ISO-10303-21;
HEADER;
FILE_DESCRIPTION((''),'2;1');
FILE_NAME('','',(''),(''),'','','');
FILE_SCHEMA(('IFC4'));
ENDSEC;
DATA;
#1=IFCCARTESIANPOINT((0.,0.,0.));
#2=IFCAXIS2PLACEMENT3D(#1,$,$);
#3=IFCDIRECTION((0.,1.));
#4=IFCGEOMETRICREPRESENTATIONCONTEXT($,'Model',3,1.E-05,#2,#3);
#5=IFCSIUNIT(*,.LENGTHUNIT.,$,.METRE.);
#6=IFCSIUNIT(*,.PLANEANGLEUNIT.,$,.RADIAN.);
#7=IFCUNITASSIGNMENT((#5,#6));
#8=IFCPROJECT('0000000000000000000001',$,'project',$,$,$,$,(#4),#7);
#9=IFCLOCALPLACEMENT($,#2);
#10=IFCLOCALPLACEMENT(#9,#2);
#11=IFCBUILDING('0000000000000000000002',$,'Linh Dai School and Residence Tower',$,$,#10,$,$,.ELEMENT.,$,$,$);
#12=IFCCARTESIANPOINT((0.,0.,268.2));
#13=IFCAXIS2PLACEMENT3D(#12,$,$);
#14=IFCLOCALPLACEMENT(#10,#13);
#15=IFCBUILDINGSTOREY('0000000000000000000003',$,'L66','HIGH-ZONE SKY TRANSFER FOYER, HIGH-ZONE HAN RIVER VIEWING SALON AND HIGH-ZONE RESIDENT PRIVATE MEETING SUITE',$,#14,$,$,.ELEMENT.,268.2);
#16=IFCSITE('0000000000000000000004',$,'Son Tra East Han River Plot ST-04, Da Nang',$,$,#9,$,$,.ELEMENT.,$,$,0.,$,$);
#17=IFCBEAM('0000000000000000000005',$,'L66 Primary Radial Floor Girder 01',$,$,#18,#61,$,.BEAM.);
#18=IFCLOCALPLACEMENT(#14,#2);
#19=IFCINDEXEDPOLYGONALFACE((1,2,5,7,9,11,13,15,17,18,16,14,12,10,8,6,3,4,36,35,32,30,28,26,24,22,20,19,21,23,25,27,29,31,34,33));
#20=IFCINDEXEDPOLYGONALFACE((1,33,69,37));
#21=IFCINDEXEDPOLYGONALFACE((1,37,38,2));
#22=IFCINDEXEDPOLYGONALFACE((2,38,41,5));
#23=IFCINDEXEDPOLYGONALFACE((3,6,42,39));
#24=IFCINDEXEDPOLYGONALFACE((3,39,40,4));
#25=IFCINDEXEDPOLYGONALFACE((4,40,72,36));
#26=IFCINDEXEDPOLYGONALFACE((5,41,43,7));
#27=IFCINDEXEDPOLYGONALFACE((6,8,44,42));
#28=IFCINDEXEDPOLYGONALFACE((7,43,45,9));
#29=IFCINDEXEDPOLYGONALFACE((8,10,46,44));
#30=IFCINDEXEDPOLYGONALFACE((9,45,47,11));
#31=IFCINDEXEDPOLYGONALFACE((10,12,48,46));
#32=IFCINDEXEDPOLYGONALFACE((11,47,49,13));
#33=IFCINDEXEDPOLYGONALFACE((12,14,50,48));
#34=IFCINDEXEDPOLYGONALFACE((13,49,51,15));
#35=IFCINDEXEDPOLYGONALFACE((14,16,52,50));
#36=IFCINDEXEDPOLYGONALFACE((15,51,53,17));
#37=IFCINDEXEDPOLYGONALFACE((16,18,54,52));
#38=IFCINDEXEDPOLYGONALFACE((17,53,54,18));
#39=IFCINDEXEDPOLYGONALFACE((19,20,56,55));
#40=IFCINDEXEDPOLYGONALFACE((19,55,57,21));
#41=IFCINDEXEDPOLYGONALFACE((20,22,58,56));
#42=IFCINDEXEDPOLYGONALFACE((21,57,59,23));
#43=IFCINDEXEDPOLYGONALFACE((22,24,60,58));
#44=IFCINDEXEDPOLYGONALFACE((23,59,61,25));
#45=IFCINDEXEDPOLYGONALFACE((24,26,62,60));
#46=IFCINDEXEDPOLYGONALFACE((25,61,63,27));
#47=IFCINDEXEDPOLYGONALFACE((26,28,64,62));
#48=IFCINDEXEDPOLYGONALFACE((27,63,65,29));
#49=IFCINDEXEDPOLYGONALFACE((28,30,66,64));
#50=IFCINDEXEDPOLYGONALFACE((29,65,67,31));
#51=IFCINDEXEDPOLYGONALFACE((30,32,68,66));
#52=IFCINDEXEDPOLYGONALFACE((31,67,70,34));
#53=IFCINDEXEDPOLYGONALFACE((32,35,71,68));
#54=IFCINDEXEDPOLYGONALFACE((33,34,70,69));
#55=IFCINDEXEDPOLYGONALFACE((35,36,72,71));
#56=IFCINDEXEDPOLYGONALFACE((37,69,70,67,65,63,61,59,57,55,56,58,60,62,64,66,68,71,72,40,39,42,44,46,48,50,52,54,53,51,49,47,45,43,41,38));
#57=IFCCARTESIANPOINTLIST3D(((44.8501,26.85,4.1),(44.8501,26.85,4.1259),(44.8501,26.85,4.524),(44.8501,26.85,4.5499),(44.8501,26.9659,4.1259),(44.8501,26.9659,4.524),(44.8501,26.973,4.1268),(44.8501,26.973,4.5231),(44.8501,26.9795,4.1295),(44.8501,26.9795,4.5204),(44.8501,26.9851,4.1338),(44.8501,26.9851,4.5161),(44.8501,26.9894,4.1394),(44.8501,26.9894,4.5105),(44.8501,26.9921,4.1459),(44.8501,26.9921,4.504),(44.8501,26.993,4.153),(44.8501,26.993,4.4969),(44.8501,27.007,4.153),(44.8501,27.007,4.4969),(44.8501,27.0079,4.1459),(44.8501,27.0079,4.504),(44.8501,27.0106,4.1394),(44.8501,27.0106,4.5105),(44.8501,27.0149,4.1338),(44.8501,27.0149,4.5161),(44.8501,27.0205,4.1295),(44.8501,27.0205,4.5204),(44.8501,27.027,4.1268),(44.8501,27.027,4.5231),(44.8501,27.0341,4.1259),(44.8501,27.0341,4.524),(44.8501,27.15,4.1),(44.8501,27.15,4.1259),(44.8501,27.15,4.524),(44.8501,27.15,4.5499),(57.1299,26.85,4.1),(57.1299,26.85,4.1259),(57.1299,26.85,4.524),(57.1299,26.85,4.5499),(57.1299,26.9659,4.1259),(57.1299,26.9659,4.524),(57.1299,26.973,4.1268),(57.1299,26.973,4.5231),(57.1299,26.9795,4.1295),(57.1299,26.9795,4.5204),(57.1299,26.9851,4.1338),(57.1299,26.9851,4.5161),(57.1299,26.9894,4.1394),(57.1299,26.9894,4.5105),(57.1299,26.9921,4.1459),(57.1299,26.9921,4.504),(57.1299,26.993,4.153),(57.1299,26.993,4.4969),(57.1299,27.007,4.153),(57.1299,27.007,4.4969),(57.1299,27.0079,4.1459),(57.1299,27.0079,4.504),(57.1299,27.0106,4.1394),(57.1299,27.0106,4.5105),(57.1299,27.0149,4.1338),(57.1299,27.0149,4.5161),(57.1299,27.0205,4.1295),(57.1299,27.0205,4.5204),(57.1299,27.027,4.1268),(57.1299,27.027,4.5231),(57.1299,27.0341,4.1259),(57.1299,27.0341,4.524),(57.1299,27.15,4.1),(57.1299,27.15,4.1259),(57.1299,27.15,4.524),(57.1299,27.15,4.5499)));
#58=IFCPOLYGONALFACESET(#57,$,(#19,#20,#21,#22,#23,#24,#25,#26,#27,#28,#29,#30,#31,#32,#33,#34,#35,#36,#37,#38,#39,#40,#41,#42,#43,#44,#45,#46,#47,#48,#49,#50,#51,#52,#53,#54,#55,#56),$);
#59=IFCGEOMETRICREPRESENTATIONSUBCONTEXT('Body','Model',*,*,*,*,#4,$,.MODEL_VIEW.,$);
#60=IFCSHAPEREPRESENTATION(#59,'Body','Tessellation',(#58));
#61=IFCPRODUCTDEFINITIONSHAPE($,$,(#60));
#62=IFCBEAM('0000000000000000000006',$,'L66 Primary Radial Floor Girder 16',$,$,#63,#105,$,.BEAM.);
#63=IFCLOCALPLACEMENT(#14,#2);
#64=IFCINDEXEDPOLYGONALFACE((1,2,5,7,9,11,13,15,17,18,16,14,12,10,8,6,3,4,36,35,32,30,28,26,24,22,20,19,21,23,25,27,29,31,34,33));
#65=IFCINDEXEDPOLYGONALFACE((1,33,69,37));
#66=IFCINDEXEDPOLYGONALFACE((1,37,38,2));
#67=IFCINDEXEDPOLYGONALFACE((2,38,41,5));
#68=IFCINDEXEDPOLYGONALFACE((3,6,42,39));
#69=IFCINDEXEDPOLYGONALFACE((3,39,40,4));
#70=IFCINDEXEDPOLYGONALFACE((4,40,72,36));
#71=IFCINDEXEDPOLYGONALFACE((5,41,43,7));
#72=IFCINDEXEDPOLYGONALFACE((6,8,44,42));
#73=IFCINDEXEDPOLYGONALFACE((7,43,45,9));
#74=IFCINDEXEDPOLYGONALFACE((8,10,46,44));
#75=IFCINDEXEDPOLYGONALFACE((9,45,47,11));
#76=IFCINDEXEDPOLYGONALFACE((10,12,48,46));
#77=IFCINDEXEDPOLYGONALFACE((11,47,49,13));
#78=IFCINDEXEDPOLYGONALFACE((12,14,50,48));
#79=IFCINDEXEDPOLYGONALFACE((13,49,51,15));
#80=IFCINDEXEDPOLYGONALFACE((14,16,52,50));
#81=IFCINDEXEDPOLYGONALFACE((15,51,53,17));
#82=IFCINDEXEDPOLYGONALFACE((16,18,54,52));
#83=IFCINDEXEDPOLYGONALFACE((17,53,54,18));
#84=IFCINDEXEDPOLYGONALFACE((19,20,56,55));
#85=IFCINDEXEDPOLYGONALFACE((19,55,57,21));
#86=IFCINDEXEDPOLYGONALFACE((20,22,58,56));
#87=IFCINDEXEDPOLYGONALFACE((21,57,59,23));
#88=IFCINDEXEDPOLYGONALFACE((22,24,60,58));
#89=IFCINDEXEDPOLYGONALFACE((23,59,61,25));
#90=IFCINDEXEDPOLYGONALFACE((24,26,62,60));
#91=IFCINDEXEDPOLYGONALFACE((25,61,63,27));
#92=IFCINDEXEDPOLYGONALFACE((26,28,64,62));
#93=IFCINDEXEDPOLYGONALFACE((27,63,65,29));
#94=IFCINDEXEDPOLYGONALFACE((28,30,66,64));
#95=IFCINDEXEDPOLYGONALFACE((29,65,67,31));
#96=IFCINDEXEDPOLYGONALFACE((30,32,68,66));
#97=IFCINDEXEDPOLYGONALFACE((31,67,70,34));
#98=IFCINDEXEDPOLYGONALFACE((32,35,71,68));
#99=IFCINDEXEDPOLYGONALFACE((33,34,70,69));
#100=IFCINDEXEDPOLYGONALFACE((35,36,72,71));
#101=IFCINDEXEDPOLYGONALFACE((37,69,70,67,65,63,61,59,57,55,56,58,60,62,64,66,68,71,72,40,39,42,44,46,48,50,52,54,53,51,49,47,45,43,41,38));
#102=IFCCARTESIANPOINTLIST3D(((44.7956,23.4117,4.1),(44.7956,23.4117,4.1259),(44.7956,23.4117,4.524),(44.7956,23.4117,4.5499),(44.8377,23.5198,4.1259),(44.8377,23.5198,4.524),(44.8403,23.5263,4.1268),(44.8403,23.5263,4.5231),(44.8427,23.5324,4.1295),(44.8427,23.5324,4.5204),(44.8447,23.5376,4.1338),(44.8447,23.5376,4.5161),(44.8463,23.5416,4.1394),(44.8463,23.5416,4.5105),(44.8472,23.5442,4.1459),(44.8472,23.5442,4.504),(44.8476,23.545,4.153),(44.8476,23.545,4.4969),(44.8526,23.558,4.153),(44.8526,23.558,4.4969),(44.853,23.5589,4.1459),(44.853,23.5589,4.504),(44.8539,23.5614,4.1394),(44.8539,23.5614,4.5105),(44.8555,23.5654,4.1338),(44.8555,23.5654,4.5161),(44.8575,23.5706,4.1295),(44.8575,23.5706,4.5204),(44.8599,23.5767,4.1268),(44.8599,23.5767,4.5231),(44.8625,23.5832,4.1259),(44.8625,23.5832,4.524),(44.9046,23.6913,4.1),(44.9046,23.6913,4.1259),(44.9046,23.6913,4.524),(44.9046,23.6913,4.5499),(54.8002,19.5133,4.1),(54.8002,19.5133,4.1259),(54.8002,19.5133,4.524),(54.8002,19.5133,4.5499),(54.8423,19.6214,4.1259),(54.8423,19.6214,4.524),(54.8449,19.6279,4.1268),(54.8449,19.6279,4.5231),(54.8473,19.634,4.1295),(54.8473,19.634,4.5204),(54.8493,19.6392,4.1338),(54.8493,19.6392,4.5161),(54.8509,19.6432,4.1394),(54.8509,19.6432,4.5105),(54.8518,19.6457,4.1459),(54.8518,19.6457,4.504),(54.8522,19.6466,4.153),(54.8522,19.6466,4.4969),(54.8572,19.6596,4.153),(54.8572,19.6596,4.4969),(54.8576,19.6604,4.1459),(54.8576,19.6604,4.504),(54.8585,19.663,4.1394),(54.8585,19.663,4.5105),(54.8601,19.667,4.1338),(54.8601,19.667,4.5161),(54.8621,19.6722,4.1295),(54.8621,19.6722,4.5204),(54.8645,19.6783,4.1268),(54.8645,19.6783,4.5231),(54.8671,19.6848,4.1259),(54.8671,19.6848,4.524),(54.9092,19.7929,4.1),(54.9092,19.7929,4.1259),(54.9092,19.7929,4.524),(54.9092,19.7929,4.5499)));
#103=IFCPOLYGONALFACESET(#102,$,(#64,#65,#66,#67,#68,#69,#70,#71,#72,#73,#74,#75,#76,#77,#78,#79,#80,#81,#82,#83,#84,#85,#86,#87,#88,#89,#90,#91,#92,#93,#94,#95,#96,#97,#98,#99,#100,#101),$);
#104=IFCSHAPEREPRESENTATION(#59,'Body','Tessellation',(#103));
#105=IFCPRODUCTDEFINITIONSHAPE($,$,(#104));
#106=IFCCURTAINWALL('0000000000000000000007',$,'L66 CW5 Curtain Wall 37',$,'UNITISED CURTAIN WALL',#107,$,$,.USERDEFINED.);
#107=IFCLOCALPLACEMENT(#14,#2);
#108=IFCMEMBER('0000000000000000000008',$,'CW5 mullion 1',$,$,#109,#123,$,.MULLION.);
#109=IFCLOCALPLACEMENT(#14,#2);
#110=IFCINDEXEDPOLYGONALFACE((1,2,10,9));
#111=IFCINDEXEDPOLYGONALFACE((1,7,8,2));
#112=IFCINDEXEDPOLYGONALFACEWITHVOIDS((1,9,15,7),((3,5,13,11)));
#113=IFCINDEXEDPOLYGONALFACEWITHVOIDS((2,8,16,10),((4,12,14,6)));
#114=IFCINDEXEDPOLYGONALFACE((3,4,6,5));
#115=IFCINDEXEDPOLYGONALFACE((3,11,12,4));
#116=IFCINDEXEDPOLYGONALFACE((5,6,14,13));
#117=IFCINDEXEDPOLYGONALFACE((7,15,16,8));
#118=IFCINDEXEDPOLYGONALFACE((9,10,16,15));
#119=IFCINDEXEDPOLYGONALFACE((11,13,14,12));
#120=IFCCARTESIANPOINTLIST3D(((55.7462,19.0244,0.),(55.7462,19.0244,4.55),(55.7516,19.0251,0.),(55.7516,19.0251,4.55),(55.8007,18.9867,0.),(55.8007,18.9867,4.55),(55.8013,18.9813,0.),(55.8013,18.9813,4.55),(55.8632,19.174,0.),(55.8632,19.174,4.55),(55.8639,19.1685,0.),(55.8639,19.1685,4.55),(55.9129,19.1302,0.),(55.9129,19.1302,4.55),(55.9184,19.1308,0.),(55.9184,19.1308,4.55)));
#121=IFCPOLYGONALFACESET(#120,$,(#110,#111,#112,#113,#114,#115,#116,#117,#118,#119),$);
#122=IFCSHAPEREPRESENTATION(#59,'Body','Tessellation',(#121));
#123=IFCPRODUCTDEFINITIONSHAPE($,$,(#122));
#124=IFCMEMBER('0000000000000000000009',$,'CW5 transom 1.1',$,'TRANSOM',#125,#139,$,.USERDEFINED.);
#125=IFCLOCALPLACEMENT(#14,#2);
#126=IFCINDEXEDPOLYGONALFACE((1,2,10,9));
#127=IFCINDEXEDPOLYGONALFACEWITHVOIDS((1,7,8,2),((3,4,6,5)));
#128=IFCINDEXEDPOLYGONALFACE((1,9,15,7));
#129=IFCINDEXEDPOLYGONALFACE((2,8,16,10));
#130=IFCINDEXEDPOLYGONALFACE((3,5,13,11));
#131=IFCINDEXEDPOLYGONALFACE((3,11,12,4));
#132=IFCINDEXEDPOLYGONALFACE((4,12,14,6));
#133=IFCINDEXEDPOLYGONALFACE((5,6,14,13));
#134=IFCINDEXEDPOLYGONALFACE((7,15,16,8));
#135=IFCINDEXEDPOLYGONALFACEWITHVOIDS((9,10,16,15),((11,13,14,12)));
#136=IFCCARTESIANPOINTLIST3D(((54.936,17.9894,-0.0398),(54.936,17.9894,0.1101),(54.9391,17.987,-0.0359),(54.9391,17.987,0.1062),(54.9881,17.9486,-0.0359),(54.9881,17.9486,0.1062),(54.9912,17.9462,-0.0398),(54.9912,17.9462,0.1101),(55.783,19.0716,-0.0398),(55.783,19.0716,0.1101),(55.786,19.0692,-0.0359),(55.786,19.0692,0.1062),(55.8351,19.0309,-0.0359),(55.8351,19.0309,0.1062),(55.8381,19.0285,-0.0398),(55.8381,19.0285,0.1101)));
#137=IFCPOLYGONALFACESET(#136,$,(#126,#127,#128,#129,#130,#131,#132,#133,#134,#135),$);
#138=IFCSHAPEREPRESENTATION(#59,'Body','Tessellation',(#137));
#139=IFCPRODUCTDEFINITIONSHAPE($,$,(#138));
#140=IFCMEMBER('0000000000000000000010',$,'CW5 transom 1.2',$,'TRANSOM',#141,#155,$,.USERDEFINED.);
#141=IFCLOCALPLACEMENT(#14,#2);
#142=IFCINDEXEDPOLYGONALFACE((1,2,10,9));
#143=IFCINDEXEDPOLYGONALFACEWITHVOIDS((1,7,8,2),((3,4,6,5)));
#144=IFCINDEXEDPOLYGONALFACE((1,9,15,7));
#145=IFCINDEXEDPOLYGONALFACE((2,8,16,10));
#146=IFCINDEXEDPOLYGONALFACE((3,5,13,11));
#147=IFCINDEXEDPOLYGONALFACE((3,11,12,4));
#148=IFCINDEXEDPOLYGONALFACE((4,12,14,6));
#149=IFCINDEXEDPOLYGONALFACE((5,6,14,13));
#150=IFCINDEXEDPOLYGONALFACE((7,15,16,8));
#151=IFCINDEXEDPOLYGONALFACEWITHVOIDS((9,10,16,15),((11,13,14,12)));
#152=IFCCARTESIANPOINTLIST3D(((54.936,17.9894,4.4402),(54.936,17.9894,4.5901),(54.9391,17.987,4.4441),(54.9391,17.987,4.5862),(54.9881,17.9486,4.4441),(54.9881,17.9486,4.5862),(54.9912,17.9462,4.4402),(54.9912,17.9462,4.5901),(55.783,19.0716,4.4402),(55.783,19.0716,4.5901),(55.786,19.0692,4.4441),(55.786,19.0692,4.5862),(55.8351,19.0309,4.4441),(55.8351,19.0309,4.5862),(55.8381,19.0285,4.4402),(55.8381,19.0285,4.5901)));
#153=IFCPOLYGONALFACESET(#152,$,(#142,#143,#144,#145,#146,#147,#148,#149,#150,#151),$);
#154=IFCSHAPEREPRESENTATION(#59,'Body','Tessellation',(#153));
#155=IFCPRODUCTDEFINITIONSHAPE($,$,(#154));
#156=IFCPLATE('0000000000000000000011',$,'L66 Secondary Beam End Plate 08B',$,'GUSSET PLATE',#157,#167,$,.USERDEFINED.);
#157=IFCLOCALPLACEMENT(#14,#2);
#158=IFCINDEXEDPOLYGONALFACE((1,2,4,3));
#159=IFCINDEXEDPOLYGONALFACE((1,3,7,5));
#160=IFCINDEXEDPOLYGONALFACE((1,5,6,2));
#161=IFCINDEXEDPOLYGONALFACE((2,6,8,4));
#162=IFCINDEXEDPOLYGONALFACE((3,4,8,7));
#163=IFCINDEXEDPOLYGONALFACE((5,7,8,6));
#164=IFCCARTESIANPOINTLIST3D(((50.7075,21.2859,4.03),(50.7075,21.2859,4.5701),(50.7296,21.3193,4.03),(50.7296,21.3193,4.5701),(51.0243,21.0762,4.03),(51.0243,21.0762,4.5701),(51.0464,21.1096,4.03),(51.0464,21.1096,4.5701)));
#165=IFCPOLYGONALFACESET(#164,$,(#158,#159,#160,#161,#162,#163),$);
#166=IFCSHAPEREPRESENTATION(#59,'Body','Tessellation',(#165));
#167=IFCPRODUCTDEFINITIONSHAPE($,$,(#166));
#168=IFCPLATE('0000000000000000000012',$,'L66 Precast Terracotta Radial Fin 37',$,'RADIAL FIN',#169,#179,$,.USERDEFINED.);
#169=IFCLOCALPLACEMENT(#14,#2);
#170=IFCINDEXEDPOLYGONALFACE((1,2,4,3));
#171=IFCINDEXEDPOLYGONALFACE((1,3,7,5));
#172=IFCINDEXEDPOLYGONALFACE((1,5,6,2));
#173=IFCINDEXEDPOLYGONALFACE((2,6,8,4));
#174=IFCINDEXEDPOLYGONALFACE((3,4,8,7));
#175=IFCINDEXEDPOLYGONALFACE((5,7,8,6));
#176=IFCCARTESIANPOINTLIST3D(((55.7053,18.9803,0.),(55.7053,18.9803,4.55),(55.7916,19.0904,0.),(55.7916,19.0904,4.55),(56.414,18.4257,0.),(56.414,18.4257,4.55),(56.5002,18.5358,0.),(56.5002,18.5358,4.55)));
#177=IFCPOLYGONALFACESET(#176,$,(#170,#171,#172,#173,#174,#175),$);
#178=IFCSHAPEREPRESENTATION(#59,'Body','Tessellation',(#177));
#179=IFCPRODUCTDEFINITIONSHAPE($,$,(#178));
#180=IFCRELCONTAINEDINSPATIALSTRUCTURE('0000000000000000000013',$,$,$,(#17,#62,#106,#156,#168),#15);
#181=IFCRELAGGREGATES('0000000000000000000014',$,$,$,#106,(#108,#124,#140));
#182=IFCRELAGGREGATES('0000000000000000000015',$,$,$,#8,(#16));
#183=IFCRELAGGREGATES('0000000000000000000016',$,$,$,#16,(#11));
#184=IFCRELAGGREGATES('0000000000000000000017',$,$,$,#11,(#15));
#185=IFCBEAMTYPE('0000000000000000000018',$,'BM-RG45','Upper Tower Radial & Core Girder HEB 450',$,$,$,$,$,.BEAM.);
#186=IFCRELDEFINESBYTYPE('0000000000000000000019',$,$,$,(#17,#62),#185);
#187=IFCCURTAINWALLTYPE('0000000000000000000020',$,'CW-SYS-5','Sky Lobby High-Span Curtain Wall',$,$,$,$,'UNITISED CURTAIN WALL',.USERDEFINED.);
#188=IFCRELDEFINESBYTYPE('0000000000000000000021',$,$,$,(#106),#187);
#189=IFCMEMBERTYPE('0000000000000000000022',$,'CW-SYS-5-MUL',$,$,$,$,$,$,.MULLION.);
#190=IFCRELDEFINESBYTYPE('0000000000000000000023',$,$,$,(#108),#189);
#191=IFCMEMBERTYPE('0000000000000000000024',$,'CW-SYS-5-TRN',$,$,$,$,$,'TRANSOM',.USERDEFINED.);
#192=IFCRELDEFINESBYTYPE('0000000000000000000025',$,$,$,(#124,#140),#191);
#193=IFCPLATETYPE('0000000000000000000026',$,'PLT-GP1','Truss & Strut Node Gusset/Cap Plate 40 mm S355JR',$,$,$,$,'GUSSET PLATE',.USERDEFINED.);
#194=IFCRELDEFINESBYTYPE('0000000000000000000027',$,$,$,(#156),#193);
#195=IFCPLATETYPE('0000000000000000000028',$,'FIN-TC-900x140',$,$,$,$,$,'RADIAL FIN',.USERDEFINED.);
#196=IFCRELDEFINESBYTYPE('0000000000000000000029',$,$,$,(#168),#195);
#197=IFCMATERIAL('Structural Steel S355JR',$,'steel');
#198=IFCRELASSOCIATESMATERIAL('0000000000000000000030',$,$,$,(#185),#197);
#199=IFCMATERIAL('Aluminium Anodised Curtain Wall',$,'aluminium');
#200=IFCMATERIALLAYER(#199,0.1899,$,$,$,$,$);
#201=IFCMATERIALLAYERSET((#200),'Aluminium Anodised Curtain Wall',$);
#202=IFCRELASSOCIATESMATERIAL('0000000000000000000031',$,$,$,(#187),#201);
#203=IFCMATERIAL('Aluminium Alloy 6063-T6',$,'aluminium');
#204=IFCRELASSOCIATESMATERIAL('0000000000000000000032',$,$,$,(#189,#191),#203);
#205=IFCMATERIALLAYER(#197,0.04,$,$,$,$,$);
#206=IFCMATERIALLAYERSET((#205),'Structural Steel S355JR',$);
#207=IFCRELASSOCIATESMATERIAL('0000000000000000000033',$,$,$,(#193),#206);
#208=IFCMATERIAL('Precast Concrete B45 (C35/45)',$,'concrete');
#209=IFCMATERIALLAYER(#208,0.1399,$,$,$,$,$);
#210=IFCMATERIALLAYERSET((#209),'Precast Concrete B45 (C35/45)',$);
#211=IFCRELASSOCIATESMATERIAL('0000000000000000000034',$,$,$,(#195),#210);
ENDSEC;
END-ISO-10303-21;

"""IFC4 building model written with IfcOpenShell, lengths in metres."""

from ifc_helpers import new_model, si_unit, direction, frame, origin, origin_2d, place, context, subcontext, project, spatial, rectangle, hollow_rectangle, i_section, extrude, source, transform, mapped, material, layer, layer_set, material_profile, profile_set, type_object, element, aggregate, save


model = new_model("IFC4")

# Units and contexts
model_context = context("Model", 3, precision=1e-05, world=origin(), true_north=direction((0.0, 1.0)))
body_context = subcontext(model_context, "Body", "Model", "MODEL_VIEW")
ifc_project = project(units=[si_unit("LENGTHUNIT", "METRE"), si_unit("PLANEANGLEUNIT", "RADIAN")], contexts=[model_context])

# Site, building, storey
site_placement = place(None, origin())
site = spatial("IfcSite", under=ifc_project, at=site_placement, Name="Son Tra East Han River Plot ST-04, Da Nang", CompositionType="ELEMENT", RefElevation=0.0)
building_placement = place(site_placement, origin())
building = spatial("IfcBuilding", under=site, at=building_placement, Name="Linh Dai School and Residence Tower", CompositionType="ELEMENT")
storey_placement = place(building_placement, frame((0.0, 0.0, 268.2)))
storey = spatial("IfcBuildingStorey", under=building, at=storey_placement, Name="L66", Description="HIGH-ZONE SKY TRANSFER FOYER, HIGH-ZONE HAN RIVER VIEWING SALON AND HIGH-ZONE RESIDENT PRIVATE MEETING SUITE", CompositionType="ELEMENT", Elevation=268.2)

# Shared definitions
ifc_material_1 = material(Name="Structural Steel S355JR", Category="steel")

# Beams
ifc_material_profile_1 = material_profile(ifc_material_1, i_section(OverallWidth=0.3, OverallDepth=0.45, WebThickness=0.0139, FlangeThickness=0.0259, FilletRadius=0.0271, at=origin_2d()), Name="HEB 450")
ifc_profile_set_1 = profile_set([ifc_material_profile_1], Name="Structural Steel S355JR")
beam_type_1 = type_object("IfcBeamType", Name="BM-RG45", Description="Upper Tower Radial & Core Girder HEB 450", PredefinedType="BEAM", material=ifc_profile_set_1)
beam_1_placement = place(storey_placement, frame((44.8501, 27.0, 4.325), z_axis=(1.0, 0.0, 0.0), x_axis=(0.0, 1.0, 0.0)))
element("IfcBeam", 1, at=beam_1_placement, inside=storey, type_object=beam_type_1, Name="L66 Primary Radial Floor Girder 01", PredefinedType="BEAM", context=body_context, shape_type="SweptSolid", body=[
    extrude(i_section(OverallWidth=0.3, OverallDepth=0.45, WebThickness=0.0139, FlangeThickness=0.0259, FilletRadius=0.0271, at=origin_2d()), origin(), (0.0, 0.0, 1.0), 12.2798),
])
beam_2_placement = place(storey_placement, frame((44.8501, 23.5515, 4.325), z_axis=(0.931761, -0.363073, 0.0), x_axis=(0.363073, 0.931761, 0.0)))
element("IfcBeam", 2, at=beam_2_placement, inside=storey, type_object=beam_type_1, Name="L66 Primary Radial Floor Girder 16", PredefinedType="BEAM", context=body_context, shape_type="SweptSolid", body=[
    extrude(i_section(OverallWidth=0.3, OverallDepth=0.45, WebThickness=0.0139, FlangeThickness=0.0259, FilletRadius=0.0271, at=origin_2d()), origin(), (0.0, 0.0, 1.0), 10.7373),
])

# Curtain wall, members
ifc_material_2 = material(Name="Aluminium Anodised Curtain Wall", Category="aluminium")
ifc_layer_1 = layer(ifc_material_2, 0.1899)
ifc_layer_set_1 = layer_set([ifc_layer_1], Name="Aluminium Anodised Curtain Wall")
curtain_wall_type = type_object("IfcCurtainWallType", Name="CW-SYS-5", Description="Sky Lobby High-Span Curtain Wall", ElementType="UNITISED CURTAIN WALL", PredefinedType="USERDEFINED", material=ifc_layer_set_1)
curtain_wall_placement = place(storey_placement, origin())
curtain_wall = element("IfcCurtainWall", 3, at=curtain_wall_placement, inside=storey, type_object=curtain_wall_type, Name="L66 CW5 Curtain Wall 37", ObjectType="UNITISED CURTAIN WALL", PredefinedType="USERDEFINED")
ifc_material_3 = material(Name="Aluminium Alloy 6063-T6", Category="aluminium")
ifc_material_profile_2 = material_profile(ifc_material_3, hollow_rectangle(XDim=0.0701, YDim=0.1899, WallThickness=0.0039, at=origin_2d()), Name="RHS 190x70x4")
ifc_profile_set_2 = profile_set([ifc_material_profile_2], Name="Aluminium Alloy 6063-T6")
member_type_1 = type_object("IfcMemberType", Name="CW-SYS-5-MUL", PredefinedType="MULLION", material=ifc_profile_set_2)
shared_shape_1 = source(origin(), body_context, "Body", "SweptSolid", [
    extrude(hollow_rectangle(XDim=0.0701, YDim=0.1899, WallThickness=0.0039, at=origin_2d()), origin(), (0.0, 0.0, 1.0), 4.55),
])
member_1_placement = place(storey_placement, frame((55.8323, 19.0776, 0.0), z_axis=(0.0, 0.0, 1.0), x_axis=(0.787503, -0.616311, 0.0)))
member_1 = element("IfcMember", 4, at=member_1_placement, type_object=member_type_1, Name="CW5 mullion 1", PredefinedType="MULLION", context=body_context, shape_type="MappedRepresentation", body=[
    mapped(shared_shape_1, transform((0.0, 0.0, 0.0), x_axis=(1.0, 0.0, 0.0), y_axis=(0.0, 1.0, 0.0), z_axis=(0.0, 0.0, 1.0), scale=1.0)),
])
ifc_material_profile_3 = material_profile(ifc_material_3, hollow_rectangle(XDim=0.0701, YDim=0.1499, WallThickness=0.0039, at=origin_2d()), Name="RHS 150x70x4")
ifc_profile_set_3 = profile_set([ifc_material_profile_3], Name="Aluminium Alloy 6063-T6")
member_type_2 = type_object("IfcMemberType", Name="CW-SYS-5-TRN", ElementType="TRANSOM", PredefinedType="USERDEFINED", material=ifc_profile_set_3)
shared_shape_2 = source(origin(), body_context, "Body", "SweptSolid", [
    extrude(hollow_rectangle(XDim=0.0701, YDim=0.1499, WallThickness=0.0039, at=origin_2d()), origin(), (0.0, 0.0, 1.0), 1.3743),
])
member_2_placement = place(storey_placement, frame((55.8105, 19.05, 0.0352), z_axis=(-0.616275, -0.787531, 0.0), x_axis=(0.787531, -0.616275, 0.0)))
member_2 = element("IfcMember", 5, at=member_2_placement, type_object=member_type_2, Name="CW5 transom 1.1", ObjectType="TRANSOM", PredefinedType="USERDEFINED", context=body_context, shape_type="MappedRepresentation", body=[
    mapped(shared_shape_2, transform((0.0, 0.0, 0.0), x_axis=(1.0, 0.0, 0.0), y_axis=(0.0, 1.0, 0.0), z_axis=(0.0, 0.0, 1.0), scale=1.0)),
])
member_3_placement = place(storey_placement, frame((55.8105, 19.05, 4.5151), z_axis=(-0.616275, -0.787531, 0.0), x_axis=(0.787531, -0.616275, 0.0)))
member_3 = element("IfcMember", 6, at=member_3_placement, type_object=member_type_2, Name="CW5 transom 1.2", ObjectType="TRANSOM", PredefinedType="USERDEFINED", context=body_context, shape_type="MappedRepresentation", body=[
    mapped(shared_shape_2, transform((0.0, 0.0, 0.0), x_axis=(1.0, 0.0, 0.0), y_axis=(0.0, 1.0, 0.0), z_axis=(0.0, 0.0, 1.0), scale=1.0)),
])

# Plates
ifc_layer_2 = layer(ifc_material_1, 0.04)
ifc_layer_set_2 = layer_set([ifc_layer_2], Name="Structural Steel S355JR")
plate_type_1 = type_object("IfcPlateType", Name="PLT-GP1", Description="Truss & Strut Node Gusset/Cap Plate 40 mm S355JR", ElementType="GUSSET PLATE", PredefinedType="USERDEFINED", material=ifc_layer_set_2)
shared_shape_3 = source(origin(), body_context, "Body", "SweptSolid", [
    extrude(rectangle(XDim=0.04, YDim=0.3799, at=origin_2d()), origin(), (0.0, 0.0, 1.0), 0.54),
])
plate_1_placement = place(storey_placement, frame((50.877, 21.1978, 4.03), z_axis=(0.0, 0.0, 1.0), x_axis=(0.552122, 0.833763, 0.0)))
element("IfcPlate", 7, at=plate_1_placement, inside=storey, type_object=plate_type_1, Name="L66 Secondary Beam End Plate 08B", ObjectType="GUSSET PLATE", PredefinedType="USERDEFINED", context=body_context, shape_type="MappedRepresentation", body=[
    mapped(shared_shape_3, transform((0.0, 0.0, 0.0), x_axis=(1.0, 0.0, 0.0), y_axis=(0.0, 1.0, 0.0), z_axis=(0.0, 0.0, 1.0), scale=1.0)),
])
ifc_material_4 = material(Name="Precast Concrete B45 (C35/45)", Category="concrete")
ifc_layer_3 = layer(ifc_material_4, 0.1399)
ifc_layer_set_3 = layer_set([ifc_layer_3], Name="Precast Concrete B45 (C35/45)")
plate_type_2 = type_object("IfcPlateType", Name="FIN-TC-900x140", ElementType="RADIAL FIN", PredefinedType="USERDEFINED", material=ifc_layer_set_3)
shared_shape_4 = source(origin(), body_context, "Body", "SweptSolid", [
    extrude(rectangle(XDim=0.8999, YDim=0.1399, at=origin_2d()), origin(), (0.0, 0.0, 1.0), 4.55),
])
plate_2_placement = place(storey_placement, frame((56.1028, 18.7581, 0.0), z_axis=(0.0, 0.0, 1.0), x_axis=(0.787503, -0.616311, 0.0)))
element("IfcPlate", 8, at=plate_2_placement, inside=storey, type_object=plate_type_2, Name="L66 Precast Terracotta Radial Fin 37", ObjectType="RADIAL FIN", PredefinedType="USERDEFINED", context=body_context, shape_type="MappedRepresentation", body=[
    mapped(shared_shape_4, transform((0.0, 0.0, 0.0), x_axis=(1.0, 0.0, 0.0), y_axis=(0.0, 1.0, 0.0), z_axis=(0.0, 0.0, 1.0), scale=1.0)),
])

aggregate(curtain_wall, [member_1, member_2, member_3])

save(model, "model.ifc")
